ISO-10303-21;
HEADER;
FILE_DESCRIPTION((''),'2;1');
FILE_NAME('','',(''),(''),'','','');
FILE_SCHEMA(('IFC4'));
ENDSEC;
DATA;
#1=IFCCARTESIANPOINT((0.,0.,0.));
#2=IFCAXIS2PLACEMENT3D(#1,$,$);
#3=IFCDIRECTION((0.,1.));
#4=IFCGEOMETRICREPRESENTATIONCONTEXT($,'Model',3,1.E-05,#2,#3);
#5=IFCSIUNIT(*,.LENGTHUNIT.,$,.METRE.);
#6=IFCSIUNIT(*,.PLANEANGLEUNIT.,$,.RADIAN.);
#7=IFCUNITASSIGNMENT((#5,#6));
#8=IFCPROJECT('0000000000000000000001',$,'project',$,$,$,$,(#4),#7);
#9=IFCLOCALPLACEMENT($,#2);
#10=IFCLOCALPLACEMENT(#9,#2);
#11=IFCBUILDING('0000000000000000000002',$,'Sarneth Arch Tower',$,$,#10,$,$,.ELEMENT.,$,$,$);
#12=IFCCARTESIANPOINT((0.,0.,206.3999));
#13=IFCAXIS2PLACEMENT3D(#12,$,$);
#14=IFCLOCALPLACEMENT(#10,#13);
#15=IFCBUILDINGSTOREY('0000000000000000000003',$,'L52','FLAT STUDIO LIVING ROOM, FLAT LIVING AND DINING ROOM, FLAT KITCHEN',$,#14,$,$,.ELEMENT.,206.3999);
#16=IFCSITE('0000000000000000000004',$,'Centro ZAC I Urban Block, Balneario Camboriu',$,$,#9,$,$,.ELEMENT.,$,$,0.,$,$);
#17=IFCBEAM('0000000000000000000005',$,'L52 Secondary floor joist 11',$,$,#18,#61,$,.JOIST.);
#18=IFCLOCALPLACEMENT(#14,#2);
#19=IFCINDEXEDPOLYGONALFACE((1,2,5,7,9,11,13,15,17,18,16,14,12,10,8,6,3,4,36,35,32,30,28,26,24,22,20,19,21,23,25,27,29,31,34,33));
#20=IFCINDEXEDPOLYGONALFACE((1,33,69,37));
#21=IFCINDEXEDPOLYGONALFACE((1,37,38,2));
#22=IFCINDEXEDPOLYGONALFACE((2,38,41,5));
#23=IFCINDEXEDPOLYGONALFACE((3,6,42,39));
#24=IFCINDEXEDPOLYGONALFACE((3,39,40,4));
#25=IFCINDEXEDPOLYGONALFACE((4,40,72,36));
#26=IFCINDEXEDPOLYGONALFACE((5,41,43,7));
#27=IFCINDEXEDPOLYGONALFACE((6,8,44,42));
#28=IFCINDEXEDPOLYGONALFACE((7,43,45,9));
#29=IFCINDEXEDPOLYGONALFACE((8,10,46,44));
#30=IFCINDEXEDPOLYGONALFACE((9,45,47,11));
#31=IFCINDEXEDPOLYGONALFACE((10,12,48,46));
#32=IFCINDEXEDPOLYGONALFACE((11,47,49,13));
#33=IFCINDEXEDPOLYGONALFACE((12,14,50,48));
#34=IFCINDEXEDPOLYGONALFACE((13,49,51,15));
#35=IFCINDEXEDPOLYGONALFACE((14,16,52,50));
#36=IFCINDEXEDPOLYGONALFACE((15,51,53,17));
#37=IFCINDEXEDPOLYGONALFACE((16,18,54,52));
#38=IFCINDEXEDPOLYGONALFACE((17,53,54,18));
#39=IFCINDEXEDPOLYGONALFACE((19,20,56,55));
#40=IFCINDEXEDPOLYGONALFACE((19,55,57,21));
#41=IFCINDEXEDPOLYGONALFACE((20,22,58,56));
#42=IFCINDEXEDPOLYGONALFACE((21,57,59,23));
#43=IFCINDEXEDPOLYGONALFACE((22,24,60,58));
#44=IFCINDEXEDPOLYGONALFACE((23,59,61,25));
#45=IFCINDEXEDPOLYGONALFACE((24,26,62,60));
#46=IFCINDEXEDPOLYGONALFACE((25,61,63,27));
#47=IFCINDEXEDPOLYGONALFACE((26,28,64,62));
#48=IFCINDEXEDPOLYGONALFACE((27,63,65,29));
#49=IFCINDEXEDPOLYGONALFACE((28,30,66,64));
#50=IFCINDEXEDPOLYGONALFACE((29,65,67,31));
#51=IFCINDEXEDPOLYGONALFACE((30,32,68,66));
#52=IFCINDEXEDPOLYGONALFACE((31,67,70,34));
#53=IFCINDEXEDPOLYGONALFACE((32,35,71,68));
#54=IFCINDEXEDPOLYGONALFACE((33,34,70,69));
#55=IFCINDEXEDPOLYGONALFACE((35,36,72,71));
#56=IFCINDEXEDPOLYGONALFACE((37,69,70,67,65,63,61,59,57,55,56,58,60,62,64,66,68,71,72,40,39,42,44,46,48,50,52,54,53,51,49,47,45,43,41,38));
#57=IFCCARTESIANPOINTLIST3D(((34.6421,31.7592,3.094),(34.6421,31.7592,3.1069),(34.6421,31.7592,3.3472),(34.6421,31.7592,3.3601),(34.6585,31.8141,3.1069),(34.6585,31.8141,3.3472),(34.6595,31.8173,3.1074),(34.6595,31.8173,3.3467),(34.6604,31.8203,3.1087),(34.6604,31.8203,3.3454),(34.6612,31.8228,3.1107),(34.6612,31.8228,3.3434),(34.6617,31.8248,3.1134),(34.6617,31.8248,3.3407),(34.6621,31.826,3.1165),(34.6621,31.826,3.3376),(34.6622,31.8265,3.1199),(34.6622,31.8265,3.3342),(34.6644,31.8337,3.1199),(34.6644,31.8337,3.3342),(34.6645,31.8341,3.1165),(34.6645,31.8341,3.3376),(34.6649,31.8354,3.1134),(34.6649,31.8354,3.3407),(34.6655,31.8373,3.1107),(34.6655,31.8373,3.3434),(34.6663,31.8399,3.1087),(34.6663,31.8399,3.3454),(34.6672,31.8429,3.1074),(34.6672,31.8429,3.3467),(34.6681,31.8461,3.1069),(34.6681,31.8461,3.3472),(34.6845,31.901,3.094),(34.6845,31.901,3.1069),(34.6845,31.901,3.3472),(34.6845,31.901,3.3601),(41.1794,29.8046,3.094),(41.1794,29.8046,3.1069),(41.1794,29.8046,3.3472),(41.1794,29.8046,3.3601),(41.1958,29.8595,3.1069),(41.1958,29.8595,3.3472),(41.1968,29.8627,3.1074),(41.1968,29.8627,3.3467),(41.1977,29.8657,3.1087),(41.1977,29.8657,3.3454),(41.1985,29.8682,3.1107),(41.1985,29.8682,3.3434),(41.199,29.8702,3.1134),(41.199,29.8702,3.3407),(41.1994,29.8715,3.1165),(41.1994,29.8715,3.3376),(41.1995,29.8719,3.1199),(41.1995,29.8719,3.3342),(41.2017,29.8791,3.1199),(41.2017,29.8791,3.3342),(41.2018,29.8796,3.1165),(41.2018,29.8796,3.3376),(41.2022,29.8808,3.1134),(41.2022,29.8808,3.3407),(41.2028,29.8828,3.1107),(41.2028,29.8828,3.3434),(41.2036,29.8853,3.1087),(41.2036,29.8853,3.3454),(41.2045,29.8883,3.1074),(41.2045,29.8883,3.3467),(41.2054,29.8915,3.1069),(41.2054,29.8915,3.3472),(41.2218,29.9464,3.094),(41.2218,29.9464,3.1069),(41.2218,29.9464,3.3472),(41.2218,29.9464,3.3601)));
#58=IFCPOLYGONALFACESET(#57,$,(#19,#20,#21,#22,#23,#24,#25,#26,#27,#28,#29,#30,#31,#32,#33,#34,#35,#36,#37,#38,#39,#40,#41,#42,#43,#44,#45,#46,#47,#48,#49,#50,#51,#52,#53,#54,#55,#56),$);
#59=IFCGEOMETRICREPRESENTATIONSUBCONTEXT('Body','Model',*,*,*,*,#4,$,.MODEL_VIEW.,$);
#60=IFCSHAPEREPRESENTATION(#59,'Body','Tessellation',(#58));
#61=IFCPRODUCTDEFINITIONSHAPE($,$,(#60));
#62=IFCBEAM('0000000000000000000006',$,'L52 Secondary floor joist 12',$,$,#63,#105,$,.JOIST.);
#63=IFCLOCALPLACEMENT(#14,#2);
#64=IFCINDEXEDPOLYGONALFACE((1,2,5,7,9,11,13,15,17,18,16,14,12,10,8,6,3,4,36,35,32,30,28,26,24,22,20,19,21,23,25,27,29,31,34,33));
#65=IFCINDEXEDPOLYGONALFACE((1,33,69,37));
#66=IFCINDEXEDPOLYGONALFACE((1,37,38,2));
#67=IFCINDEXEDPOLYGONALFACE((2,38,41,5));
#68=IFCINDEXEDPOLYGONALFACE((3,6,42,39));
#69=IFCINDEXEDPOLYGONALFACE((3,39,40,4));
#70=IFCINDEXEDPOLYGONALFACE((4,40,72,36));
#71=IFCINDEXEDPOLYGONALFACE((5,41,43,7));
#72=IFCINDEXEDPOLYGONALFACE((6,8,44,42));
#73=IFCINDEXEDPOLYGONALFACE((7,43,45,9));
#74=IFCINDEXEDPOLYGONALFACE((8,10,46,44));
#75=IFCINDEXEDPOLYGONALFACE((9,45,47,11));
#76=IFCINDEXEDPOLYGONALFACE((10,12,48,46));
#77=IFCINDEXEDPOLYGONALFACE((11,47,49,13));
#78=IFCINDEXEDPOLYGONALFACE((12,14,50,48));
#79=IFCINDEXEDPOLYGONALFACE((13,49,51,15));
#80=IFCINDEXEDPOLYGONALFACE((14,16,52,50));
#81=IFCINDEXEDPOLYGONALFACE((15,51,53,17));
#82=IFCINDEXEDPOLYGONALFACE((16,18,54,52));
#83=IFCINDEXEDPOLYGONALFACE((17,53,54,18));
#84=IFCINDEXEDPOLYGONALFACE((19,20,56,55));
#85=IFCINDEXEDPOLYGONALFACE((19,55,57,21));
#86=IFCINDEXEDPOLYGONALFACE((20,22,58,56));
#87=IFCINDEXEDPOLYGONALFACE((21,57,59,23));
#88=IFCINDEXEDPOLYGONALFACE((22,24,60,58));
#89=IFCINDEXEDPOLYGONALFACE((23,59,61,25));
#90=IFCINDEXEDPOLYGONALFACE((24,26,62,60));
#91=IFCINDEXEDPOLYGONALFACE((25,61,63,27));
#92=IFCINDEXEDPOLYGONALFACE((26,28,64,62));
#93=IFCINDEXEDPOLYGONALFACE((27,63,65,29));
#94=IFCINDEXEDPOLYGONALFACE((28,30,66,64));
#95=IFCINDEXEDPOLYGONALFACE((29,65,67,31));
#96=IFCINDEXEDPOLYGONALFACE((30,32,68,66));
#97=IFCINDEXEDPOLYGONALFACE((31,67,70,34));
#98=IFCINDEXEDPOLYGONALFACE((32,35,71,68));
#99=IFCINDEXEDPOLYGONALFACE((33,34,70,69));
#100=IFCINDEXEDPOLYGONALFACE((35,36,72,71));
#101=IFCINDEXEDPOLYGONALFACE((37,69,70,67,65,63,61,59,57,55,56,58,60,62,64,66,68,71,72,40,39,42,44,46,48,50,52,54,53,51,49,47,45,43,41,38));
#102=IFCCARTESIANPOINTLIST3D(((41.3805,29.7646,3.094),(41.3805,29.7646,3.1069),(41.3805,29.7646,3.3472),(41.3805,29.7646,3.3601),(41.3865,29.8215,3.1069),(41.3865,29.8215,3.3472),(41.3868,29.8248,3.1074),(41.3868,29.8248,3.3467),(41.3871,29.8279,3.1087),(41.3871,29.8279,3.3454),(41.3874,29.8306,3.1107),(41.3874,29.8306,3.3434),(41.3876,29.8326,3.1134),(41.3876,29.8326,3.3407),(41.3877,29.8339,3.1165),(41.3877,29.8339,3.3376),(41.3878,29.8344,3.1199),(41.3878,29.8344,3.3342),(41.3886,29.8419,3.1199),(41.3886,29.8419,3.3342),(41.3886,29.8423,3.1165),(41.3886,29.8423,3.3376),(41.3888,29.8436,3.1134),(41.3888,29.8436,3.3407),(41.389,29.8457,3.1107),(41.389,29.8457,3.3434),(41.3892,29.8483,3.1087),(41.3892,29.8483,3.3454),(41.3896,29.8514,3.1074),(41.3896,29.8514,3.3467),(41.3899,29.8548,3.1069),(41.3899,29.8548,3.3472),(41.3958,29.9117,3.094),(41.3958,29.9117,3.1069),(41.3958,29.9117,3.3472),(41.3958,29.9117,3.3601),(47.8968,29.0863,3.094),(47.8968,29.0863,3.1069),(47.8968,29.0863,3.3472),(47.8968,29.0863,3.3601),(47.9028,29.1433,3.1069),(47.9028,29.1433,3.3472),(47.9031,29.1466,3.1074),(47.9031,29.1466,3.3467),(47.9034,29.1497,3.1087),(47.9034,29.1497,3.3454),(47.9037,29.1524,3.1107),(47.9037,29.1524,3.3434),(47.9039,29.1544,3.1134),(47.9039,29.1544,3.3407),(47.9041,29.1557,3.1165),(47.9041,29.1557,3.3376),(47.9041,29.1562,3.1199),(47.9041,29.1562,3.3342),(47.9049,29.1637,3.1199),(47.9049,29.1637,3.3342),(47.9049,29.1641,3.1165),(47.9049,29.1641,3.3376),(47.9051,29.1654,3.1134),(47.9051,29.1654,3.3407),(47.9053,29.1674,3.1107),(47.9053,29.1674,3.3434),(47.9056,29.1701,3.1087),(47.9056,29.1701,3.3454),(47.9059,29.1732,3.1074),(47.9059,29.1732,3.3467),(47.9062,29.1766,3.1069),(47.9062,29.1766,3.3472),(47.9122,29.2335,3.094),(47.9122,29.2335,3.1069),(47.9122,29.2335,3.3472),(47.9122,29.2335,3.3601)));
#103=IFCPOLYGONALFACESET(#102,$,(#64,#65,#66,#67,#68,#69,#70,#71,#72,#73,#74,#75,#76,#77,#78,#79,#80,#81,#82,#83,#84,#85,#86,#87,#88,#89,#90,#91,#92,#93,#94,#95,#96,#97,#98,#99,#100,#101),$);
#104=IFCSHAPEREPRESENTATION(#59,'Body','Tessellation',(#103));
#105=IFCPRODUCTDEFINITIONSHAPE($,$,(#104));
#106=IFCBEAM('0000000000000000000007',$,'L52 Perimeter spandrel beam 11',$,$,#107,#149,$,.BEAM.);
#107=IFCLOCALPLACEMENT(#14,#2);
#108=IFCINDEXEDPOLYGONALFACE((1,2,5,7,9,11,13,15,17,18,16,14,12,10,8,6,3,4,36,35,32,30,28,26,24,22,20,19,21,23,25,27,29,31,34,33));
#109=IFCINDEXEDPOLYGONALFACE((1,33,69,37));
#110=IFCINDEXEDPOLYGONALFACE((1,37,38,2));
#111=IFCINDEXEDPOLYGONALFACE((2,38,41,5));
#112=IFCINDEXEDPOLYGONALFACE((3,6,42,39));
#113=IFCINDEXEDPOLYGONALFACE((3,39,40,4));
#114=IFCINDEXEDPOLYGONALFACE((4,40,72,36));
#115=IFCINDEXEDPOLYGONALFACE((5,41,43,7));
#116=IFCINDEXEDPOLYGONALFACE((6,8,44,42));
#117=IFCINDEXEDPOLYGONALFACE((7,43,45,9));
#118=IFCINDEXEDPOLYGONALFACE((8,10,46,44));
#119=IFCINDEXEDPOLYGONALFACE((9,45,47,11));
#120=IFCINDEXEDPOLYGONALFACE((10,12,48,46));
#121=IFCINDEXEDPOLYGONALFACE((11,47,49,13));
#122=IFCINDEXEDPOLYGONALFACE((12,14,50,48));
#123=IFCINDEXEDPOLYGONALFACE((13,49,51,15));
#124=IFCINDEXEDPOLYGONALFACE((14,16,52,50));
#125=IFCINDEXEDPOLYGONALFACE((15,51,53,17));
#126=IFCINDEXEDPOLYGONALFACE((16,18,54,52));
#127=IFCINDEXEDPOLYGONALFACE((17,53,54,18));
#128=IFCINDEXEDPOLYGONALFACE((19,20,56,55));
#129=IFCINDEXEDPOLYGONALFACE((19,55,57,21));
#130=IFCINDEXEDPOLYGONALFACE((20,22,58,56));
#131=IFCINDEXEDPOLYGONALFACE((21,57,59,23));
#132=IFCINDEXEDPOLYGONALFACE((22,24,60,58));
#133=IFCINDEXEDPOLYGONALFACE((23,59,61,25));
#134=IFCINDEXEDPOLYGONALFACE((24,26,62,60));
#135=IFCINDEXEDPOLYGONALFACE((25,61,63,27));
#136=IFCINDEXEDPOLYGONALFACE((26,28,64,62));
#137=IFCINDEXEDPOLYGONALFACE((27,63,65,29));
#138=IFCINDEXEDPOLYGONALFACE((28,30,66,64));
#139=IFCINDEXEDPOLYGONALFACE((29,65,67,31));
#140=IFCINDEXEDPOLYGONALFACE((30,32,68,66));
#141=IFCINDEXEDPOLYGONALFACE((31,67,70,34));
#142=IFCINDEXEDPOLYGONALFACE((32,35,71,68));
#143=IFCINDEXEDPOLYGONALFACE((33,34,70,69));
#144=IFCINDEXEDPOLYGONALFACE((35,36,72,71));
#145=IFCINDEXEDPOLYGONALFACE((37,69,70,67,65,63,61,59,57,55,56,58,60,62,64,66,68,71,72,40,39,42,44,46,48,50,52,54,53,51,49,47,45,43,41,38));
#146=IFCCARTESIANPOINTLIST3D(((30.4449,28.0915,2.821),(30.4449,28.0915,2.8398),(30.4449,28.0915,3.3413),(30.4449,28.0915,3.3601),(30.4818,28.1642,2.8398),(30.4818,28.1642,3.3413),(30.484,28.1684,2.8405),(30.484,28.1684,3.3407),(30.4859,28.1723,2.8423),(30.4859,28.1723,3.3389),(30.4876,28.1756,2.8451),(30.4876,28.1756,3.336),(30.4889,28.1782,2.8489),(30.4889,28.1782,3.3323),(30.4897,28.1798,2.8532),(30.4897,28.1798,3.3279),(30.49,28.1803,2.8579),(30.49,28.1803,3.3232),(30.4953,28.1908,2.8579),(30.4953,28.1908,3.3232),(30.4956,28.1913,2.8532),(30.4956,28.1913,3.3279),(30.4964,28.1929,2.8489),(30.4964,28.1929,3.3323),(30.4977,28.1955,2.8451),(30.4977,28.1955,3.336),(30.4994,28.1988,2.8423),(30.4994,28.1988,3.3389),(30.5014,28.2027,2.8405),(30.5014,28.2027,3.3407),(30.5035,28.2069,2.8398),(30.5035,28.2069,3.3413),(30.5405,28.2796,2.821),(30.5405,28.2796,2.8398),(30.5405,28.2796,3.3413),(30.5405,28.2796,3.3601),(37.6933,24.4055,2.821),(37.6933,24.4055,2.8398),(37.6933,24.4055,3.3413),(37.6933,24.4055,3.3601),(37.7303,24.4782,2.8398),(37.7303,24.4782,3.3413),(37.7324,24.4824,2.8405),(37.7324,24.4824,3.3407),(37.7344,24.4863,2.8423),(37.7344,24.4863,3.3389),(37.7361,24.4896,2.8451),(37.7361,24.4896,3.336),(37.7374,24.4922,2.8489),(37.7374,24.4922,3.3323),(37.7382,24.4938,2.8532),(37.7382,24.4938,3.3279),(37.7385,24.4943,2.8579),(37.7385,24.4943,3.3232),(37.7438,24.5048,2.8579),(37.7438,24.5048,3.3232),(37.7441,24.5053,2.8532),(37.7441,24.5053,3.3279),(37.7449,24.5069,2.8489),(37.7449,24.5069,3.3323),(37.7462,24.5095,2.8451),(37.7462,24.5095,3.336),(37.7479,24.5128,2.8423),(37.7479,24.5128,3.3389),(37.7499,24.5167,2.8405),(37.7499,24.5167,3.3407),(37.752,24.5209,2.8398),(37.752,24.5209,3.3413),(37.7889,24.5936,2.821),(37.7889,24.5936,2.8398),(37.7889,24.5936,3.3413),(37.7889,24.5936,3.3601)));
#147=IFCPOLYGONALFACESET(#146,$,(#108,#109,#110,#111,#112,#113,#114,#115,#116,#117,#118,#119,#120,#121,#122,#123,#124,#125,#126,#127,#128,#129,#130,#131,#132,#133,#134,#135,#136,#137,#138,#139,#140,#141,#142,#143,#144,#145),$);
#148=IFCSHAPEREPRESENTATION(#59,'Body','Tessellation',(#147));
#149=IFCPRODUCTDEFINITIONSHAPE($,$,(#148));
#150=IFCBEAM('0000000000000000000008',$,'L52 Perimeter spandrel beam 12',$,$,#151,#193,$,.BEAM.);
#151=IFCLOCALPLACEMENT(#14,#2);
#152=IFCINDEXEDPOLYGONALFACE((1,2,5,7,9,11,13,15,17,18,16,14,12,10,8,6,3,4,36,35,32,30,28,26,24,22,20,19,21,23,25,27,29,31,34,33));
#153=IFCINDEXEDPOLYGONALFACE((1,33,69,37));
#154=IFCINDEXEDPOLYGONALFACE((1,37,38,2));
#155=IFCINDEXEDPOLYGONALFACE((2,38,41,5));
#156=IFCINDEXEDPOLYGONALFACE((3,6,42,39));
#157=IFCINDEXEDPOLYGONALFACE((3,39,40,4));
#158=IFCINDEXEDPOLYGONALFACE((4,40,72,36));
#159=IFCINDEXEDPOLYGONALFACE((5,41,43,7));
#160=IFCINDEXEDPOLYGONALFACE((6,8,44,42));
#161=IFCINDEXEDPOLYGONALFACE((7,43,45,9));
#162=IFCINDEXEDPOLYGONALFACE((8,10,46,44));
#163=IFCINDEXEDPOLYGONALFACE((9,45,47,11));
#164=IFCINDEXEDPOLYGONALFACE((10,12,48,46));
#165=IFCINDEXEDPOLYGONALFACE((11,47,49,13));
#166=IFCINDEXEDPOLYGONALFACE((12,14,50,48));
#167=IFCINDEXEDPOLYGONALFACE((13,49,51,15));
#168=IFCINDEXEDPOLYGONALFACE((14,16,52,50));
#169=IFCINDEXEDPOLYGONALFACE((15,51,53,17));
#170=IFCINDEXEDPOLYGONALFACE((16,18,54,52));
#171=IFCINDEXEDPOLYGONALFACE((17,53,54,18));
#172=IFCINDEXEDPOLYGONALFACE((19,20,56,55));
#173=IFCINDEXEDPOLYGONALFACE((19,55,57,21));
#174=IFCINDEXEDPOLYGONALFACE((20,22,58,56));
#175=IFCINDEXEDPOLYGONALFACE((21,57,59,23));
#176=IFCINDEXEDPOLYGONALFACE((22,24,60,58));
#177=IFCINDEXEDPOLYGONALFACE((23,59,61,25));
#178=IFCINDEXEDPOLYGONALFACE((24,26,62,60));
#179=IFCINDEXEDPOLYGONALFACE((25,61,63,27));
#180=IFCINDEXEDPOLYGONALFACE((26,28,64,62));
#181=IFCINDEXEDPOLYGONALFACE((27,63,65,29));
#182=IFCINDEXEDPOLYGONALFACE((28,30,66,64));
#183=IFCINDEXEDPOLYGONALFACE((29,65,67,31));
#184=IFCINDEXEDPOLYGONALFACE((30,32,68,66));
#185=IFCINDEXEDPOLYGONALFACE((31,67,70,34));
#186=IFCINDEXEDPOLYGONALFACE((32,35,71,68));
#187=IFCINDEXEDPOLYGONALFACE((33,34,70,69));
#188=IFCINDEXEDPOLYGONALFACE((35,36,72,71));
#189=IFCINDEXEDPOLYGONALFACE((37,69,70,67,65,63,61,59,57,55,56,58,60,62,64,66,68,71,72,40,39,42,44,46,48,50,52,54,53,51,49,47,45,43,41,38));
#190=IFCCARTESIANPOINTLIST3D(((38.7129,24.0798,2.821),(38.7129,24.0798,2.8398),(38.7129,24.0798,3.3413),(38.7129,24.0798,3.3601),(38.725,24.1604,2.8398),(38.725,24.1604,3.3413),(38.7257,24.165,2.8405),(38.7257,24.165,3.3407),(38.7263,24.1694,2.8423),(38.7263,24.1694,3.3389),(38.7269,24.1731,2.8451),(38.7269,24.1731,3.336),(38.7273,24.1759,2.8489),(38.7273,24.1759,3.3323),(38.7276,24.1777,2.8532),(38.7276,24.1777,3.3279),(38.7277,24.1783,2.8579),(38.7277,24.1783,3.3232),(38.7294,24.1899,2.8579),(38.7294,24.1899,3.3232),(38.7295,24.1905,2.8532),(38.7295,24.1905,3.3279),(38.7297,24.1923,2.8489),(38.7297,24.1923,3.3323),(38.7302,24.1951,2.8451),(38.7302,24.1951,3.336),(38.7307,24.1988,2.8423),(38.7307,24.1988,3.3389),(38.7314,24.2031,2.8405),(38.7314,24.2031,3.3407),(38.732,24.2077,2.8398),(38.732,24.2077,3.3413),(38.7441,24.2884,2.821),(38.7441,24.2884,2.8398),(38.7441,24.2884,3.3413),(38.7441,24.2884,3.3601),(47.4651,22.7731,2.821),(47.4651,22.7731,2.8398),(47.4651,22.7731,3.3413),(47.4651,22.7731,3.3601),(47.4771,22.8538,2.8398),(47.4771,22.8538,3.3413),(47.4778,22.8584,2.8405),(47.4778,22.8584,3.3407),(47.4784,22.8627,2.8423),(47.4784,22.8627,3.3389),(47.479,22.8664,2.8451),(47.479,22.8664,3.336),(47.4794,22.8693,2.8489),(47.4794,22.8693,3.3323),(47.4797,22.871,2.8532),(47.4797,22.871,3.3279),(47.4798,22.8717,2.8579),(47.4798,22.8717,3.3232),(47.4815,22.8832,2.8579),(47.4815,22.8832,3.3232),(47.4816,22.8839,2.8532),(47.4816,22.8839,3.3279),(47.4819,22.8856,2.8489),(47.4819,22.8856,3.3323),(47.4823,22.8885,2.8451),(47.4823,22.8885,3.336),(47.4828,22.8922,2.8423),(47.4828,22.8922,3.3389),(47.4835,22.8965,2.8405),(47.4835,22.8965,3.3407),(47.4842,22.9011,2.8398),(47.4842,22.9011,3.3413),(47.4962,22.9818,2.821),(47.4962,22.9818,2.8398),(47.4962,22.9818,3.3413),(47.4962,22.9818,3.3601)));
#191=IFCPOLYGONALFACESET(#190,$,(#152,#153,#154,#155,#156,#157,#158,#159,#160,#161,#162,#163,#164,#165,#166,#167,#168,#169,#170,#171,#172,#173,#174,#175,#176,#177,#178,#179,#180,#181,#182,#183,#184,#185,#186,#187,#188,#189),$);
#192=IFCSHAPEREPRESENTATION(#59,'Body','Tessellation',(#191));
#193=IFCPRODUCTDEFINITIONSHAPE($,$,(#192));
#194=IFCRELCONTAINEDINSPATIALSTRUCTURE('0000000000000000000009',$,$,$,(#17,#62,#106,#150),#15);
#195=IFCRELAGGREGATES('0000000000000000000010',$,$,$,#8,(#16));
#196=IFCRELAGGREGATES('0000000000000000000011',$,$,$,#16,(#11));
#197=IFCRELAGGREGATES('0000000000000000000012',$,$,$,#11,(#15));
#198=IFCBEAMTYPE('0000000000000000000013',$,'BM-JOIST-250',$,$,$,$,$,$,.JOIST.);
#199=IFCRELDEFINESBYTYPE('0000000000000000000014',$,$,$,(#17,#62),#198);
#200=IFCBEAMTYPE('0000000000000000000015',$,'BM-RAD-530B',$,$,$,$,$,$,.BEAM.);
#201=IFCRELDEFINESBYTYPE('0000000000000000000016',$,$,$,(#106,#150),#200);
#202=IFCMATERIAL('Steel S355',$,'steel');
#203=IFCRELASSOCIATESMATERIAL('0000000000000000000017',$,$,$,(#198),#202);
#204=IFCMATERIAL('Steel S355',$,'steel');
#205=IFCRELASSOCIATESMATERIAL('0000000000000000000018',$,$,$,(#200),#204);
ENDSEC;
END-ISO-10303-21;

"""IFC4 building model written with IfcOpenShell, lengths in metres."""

from ifc_helpers import new_model, si_unit, direction, frame, origin, origin_2d, place, context, subcontext, project, spatial, i_section, extrude, material, material_profile, profile_set, type_object, element, save


model = new_model("IFC4")

# Units and contexts
model_context = context("Model", 3, precision=1e-05, world=origin(), true_north=direction((0.0, 1.0)))
body_context = subcontext(model_context, "Body", "Model", "MODEL_VIEW")
ifc_project = project(units=[si_unit("LENGTHUNIT", "METRE"), si_unit("PLANEANGLEUNIT", "RADIAN")], contexts=[model_context])

# Site, building, storey
site_placement = place(None, origin())
site = spatial("IfcSite", under=ifc_project, at=site_placement, Name="Centro ZAC I Urban Block, Balneario Camboriu", CompositionType="ELEMENT", RefElevation=0.0)
building_placement = place(site_placement, origin())
building = spatial("IfcBuilding", under=site, at=building_placement, Name="Sarneth Arch Tower", CompositionType="ELEMENT")
storey_placement = place(building_placement, frame((0.0, 0.0, 206.3999)))
storey = spatial("IfcBuildingStorey", under=building, at=storey_placement, Name="L52", Description="FLAT STUDIO LIVING ROOM, FLAT LIVING AND DINING ROOM, FLAT KITCHEN", CompositionType="ELEMENT", Elevation=206.3999)

# Beams
ifc_material_1 = material(Name="Steel S355", Category="steel")
ifc_material_profile_1 = material_profile(ifc_material_1, i_section(OverallWidth=0.1479, OverallDepth=0.2661, WebThickness=0.0076, FlangeThickness=0.0129, FilletRadius=0.0129, at=origin_2d()), Name="W250x44.8")
ifc_profile_set_1 = profile_set([ifc_material_profile_1], Name="Steel S355")
beam_type_1 = type_object("IfcBeamType", Name="BM-JOIST-250", PredefinedType="JOIST", material=ifc_profile_set_1)
beam_1_placement = place(storey_placement, frame((34.6633, 31.8301, 3.2271), z_axis=(0.958093, -0.286458, 0.0), x_axis=(0.286458, 0.958093, 0.0)))
element("IfcBeam", 1, at=beam_1_placement, inside=storey, type_object=beam_type_1, Name="L52 Secondary floor joist 11", PredefinedType="JOIST", context=body_context, shape_type="SweptSolid", body=[
    extrude(i_section(OverallWidth=0.1479, OverallDepth=0.2661, WebThickness=0.0076, FlangeThickness=0.0129, FilletRadius=0.0129, at=origin_2d()), origin(), (0.0, 0.0, 1.0), 6.8232),
])
beam_2_placement = place(storey_placement, frame((41.3882, 29.8381, 3.2271), z_axis=(0.994627, -0.103521, 0.0), x_axis=(0.103521, 0.994627, 0.0)))
element("IfcBeam", 2, at=beam_2_placement, inside=storey, type_object=beam_type_1, Name="L52 Secondary floor joist 12", PredefinedType="JOIST", context=body_context, shape_type="SweptSolid", body=[
    extrude(i_section(OverallWidth=0.1479, OverallDepth=0.2661, WebThickness=0.0076, FlangeThickness=0.0129, FilletRadius=0.0129, at=origin_2d()), origin(), (0.0, 0.0, 1.0), 6.5515),
])
ifc_material_2 = material(Name="Steel S355", Category="steel")
ifc_material_profile_2 = material_profile(ifc_material_2, i_section(OverallWidth=0.2109, OverallDepth=0.5391, WebThickness=0.0117, FlangeThickness=0.0188, FilletRadius=0.0181, at=origin_2d()), Name="W530x109")
ifc_profile_set_2 = profile_set([ifc_material_profile_2], Name="Steel S355")
beam_type_2 = type_object("IfcBeamType", Name="BM-RAD-530B", PredefinedType="BEAM", material=ifc_profile_set_2)
beam_3_placement = place(storey_placement, frame((30.4927, 28.1855, 3.0906), z_axis=(0.891368, -0.45328, 0.0), x_axis=(0.45328, 0.891368, 0.0)))
element("IfcBeam", 3, at=beam_3_placement, inside=storey, type_object=beam_type_2, Name="L52 Perimeter spandrel beam 11", PredefinedType="BEAM", context=body_context, shape_type="SweptSolid", body=[
    extrude(i_section(OverallWidth=0.2109, OverallDepth=0.5391, WebThickness=0.0117, FlangeThickness=0.0188, FilletRadius=0.0181, at=origin_2d()), origin(), (0.0, 0.0, 1.0), 8.1318),
])
beam_4_placement = place(storey_placement, frame((38.7285, 24.1841, 3.0906), z_axis=(0.989039, -0.147656, 0.0), x_axis=(0.147656, 0.989039, 0.0)))
element("IfcBeam", 4, at=beam_4_placement, inside=storey, type_object=beam_type_2, Name="L52 Perimeter spandrel beam 12", PredefinedType="BEAM", context=body_context, shape_type="SweptSolid", body=[
    extrude(i_section(OverallWidth=0.2109, OverallDepth=0.5391, WebThickness=0.0117, FlangeThickness=0.0188, FilletRadius=0.0181, at=origin_2d()), origin(), (0.0, 0.0, 1.0), 8.8491),
])

save(model, "model.ifc")
